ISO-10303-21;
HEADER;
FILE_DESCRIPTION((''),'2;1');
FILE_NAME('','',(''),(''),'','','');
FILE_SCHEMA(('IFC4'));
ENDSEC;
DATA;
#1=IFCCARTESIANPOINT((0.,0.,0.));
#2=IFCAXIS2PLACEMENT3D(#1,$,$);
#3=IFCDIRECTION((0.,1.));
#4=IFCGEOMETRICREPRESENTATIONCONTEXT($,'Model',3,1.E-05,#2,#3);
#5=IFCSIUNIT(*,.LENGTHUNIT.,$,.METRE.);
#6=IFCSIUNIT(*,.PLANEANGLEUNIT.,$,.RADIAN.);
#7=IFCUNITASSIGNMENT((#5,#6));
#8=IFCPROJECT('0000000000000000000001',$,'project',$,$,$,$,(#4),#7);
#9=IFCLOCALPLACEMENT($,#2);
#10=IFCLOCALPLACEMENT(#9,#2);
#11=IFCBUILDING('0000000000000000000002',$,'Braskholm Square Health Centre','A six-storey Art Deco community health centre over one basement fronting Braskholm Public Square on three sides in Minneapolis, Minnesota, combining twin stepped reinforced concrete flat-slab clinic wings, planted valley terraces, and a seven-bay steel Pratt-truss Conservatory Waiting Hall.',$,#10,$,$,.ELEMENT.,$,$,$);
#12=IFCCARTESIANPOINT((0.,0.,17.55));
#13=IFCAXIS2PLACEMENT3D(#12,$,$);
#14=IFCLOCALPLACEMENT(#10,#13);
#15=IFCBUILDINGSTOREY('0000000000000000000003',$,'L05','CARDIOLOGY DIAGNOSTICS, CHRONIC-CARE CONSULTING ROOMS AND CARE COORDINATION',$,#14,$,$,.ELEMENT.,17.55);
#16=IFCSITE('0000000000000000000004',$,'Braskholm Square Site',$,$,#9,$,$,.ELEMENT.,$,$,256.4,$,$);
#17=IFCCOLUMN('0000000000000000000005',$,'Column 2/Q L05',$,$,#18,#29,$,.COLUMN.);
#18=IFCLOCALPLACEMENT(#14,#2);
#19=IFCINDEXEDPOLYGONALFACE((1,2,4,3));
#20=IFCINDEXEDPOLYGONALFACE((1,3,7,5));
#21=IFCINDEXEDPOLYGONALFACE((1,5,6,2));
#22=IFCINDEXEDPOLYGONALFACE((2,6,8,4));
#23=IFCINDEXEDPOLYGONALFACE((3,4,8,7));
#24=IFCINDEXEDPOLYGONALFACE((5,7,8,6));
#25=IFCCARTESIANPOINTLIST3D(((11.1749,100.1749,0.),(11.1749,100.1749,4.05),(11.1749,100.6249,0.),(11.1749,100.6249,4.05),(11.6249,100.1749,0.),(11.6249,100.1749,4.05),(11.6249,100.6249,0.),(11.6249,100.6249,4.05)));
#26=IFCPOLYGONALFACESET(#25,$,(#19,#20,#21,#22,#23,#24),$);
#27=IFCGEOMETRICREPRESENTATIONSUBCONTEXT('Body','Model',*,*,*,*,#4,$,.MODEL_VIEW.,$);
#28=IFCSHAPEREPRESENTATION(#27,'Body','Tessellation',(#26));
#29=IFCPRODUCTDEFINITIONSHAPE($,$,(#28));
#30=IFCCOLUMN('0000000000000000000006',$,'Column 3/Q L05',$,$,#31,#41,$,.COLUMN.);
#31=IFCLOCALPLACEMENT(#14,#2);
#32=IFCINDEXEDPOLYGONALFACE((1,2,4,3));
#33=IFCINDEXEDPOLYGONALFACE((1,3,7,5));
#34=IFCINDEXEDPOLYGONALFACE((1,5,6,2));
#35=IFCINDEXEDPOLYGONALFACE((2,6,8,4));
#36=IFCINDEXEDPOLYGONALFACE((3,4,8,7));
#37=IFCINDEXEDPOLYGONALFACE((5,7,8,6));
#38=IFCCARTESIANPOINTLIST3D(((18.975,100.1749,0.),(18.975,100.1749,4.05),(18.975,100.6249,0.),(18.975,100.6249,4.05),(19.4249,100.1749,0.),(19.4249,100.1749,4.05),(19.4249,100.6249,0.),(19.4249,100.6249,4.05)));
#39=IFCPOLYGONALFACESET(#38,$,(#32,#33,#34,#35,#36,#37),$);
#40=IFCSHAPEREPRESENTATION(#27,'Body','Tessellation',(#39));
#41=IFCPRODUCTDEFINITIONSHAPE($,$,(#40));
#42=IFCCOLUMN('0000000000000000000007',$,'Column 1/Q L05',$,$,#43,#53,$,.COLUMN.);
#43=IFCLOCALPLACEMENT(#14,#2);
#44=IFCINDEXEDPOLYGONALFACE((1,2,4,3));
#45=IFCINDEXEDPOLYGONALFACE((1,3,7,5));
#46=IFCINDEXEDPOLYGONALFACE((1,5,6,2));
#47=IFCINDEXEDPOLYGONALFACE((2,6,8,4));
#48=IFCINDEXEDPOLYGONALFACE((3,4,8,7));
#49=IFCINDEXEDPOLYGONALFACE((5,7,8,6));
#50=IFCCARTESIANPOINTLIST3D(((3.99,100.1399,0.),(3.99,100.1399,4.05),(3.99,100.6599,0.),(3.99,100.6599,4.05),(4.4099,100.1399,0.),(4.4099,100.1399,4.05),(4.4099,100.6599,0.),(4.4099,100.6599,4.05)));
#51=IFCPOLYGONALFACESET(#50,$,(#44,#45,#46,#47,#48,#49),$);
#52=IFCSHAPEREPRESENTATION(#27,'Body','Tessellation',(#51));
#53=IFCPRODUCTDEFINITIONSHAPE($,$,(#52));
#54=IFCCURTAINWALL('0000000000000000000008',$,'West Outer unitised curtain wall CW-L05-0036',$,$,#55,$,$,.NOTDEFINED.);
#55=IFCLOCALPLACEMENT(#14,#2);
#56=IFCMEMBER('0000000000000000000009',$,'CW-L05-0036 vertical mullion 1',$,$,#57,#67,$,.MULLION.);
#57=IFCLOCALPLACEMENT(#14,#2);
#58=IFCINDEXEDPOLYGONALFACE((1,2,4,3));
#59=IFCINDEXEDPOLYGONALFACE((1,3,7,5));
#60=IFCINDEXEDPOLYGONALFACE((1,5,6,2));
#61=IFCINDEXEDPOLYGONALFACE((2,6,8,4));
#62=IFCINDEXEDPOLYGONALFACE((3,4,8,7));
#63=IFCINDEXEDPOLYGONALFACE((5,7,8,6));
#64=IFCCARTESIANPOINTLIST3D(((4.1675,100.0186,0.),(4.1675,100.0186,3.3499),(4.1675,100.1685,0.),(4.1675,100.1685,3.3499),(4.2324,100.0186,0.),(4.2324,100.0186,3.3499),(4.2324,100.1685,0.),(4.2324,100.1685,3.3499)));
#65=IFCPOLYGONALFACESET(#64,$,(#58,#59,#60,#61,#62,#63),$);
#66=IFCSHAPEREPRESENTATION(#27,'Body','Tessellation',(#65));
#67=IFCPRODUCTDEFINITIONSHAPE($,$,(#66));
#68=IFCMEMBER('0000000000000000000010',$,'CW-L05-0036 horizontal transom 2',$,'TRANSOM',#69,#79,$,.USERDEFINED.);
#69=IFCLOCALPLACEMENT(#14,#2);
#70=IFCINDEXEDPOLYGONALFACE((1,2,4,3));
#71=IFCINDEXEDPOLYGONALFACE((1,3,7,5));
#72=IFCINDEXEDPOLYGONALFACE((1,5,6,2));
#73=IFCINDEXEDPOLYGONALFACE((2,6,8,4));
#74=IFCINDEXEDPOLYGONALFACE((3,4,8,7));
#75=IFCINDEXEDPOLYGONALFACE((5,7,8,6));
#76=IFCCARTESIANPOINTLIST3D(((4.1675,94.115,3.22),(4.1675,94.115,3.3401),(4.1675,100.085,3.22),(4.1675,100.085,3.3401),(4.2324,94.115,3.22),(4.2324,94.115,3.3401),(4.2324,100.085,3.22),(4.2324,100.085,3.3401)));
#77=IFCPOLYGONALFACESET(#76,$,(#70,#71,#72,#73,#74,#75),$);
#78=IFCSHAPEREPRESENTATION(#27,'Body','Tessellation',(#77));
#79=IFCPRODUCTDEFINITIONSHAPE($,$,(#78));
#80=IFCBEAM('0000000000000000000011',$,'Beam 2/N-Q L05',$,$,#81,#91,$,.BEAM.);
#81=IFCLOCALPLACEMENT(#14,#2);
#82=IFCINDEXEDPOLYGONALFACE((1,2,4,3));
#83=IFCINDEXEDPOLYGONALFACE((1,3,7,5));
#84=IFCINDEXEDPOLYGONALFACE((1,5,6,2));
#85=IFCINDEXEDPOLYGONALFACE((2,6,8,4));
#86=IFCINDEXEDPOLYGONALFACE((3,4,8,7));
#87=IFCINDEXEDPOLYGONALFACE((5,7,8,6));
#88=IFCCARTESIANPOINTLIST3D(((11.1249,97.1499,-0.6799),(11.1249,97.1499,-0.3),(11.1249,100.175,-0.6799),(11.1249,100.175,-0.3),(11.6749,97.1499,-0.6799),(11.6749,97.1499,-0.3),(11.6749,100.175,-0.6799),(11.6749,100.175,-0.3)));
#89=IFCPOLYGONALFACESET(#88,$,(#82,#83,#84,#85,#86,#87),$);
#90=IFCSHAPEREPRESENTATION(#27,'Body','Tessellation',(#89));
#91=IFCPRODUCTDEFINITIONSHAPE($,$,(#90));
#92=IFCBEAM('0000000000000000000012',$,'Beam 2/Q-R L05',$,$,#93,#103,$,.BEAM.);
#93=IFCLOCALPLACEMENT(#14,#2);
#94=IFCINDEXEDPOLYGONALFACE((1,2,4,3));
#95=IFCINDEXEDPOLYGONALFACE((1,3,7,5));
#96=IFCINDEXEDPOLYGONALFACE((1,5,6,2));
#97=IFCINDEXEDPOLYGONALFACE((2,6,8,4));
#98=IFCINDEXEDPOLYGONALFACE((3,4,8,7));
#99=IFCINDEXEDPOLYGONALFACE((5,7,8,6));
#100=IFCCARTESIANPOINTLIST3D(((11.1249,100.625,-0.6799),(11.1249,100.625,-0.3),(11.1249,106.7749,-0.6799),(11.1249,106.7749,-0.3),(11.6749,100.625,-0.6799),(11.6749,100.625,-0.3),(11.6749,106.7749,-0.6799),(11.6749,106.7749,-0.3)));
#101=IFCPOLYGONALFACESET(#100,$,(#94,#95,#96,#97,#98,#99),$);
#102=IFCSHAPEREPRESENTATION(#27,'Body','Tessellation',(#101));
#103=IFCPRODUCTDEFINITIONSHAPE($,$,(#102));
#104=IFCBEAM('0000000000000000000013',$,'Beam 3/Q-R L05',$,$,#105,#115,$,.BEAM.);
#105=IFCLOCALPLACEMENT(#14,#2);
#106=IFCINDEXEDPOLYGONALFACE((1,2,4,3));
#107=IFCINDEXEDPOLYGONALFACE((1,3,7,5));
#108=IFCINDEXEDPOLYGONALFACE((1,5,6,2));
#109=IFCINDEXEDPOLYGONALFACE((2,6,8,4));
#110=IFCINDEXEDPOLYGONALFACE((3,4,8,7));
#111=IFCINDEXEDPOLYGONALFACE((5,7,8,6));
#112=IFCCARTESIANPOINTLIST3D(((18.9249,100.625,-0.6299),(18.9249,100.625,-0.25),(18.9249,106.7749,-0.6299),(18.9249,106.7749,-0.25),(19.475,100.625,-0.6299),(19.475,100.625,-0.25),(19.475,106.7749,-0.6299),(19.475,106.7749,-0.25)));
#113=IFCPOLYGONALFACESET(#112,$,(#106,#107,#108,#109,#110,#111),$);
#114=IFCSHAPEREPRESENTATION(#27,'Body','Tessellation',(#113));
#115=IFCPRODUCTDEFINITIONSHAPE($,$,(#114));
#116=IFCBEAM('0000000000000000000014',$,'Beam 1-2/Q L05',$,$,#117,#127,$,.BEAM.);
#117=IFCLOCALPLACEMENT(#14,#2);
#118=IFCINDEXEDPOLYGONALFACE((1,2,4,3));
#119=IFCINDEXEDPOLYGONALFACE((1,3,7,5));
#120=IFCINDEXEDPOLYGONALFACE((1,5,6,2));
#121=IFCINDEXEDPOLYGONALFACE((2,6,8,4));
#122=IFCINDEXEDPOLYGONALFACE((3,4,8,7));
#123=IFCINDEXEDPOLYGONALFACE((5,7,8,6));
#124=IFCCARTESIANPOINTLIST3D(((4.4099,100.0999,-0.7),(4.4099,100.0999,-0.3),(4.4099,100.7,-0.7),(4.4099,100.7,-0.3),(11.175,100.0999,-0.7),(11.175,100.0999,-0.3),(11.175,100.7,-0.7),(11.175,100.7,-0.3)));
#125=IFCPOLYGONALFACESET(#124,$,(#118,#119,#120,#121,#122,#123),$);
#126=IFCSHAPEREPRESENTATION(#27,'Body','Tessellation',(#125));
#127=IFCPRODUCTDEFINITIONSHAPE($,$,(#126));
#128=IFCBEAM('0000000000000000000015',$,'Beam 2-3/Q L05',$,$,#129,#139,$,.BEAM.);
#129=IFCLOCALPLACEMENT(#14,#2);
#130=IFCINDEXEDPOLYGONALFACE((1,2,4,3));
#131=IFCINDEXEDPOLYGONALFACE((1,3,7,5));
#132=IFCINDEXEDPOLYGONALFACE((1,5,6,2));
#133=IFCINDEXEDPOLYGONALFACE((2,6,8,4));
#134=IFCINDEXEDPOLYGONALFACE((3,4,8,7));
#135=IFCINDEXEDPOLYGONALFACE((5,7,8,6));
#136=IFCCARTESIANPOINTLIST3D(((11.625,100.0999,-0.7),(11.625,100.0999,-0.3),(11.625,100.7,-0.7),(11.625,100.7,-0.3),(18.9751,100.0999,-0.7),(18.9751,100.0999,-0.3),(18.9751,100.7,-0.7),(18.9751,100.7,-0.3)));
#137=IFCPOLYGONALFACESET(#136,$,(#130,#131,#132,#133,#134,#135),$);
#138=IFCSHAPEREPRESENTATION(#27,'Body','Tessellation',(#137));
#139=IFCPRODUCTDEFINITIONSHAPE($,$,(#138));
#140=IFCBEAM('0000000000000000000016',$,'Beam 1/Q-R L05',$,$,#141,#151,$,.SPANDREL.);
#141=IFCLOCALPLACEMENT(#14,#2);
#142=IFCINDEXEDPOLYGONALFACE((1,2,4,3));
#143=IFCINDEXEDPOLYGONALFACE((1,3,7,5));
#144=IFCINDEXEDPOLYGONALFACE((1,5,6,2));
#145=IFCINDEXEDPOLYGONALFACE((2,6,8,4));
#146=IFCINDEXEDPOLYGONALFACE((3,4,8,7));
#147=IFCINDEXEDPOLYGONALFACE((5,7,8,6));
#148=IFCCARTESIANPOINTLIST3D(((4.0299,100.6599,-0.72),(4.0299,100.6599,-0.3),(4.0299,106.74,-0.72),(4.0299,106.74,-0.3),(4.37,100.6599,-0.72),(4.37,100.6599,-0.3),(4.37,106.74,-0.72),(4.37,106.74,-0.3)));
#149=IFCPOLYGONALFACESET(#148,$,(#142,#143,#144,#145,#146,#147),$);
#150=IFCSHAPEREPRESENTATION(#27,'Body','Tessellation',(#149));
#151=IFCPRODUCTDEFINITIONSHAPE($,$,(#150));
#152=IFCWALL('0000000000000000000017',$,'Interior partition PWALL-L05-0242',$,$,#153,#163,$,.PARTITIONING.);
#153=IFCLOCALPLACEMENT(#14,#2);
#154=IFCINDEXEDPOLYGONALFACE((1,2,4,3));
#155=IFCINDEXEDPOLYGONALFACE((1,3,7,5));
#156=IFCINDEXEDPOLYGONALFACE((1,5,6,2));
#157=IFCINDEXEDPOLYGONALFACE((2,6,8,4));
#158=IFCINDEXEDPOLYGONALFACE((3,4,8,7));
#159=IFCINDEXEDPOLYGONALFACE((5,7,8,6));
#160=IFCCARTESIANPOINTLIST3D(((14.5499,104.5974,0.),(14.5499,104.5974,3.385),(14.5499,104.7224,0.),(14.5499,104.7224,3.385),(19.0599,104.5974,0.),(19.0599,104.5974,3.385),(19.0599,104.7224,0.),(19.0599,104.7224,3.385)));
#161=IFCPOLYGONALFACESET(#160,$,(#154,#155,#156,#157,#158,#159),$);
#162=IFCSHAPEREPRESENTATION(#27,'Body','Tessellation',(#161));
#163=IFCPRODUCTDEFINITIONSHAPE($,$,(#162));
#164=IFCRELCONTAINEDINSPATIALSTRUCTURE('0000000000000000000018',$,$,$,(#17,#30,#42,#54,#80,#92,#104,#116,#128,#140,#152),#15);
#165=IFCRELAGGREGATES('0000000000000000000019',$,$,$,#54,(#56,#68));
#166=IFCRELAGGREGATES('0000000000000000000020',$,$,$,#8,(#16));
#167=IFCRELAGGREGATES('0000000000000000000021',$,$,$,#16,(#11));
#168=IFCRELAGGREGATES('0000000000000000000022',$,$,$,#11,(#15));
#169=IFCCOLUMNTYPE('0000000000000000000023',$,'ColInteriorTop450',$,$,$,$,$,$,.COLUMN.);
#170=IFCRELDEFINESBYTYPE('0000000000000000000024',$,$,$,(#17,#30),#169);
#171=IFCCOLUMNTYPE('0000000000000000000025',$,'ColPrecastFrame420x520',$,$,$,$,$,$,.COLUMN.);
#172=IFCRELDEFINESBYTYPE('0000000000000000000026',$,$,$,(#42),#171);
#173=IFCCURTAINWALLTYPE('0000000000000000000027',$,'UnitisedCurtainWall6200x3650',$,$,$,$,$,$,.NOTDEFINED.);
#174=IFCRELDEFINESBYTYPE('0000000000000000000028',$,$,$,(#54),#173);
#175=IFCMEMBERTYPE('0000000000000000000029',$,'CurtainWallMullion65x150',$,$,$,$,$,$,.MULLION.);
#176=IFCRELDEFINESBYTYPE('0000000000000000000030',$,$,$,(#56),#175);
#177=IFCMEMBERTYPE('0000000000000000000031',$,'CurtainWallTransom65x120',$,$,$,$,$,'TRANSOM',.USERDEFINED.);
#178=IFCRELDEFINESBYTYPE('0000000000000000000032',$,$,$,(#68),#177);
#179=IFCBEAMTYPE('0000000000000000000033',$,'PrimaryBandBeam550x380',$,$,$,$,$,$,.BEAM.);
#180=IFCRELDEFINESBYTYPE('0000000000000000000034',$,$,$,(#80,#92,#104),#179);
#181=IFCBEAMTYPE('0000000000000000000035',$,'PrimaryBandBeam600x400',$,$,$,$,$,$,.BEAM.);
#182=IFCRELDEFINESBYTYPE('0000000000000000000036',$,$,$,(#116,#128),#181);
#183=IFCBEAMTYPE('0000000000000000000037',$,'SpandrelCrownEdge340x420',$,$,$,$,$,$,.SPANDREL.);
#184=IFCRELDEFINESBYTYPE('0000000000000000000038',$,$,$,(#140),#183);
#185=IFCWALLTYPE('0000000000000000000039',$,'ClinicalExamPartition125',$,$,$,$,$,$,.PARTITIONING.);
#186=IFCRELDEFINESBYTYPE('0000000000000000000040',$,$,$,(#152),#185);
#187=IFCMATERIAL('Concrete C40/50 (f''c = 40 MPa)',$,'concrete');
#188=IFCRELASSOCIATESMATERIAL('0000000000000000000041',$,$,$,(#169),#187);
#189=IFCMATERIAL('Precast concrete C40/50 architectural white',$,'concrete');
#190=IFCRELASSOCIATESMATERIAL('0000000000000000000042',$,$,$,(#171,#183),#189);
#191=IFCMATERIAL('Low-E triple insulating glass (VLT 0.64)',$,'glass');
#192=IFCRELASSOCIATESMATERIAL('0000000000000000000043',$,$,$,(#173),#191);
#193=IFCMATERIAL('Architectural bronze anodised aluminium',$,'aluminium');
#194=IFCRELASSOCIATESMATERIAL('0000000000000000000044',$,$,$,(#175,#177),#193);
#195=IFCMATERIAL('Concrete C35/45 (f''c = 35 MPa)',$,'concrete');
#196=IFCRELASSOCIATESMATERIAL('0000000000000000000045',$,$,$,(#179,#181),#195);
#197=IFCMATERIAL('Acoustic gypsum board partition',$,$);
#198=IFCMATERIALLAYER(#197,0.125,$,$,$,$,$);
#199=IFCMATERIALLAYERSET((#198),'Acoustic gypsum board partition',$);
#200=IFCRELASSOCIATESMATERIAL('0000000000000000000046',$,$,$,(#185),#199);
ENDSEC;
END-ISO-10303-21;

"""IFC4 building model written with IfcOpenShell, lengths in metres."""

from ifc_helpers import new_model, si_unit, direction, frame, frame_2d, origin, origin_2d, place, context, subcontext, project, spatial, rectangle, extrude, material, layer, layer_set, material_profile, profile_set, type_object, element, aggregate, save


model = new_model("IFC4")

# Units and contexts
model_context = context("Model", 3, precision=1e-05, world=origin(), true_north=direction((0.0, 1.0)))
body_context = subcontext(model_context, "Body", "Model", "MODEL_VIEW")
ifc_project = project(units=[si_unit("LENGTHUNIT", "METRE"), si_unit("PLANEANGLEUNIT", "RADIAN")], contexts=[model_context])

# Site, building, storey
site_placement = place(None, origin())
site = spatial("IfcSite", under=ifc_project, at=site_placement, Name="Braskholm Square Site", CompositionType="ELEMENT", RefElevation=256.4)
building_placement = place(site_placement, origin())
building = spatial("IfcBuilding", under=site, at=building_placement, Name="Braskholm Square Health Centre", Description="A six-storey Art Deco community health centre over one basement fronting Braskholm Public Square on three sides in Minneapolis, Minnesota, combining twin stepped reinforced concrete flat-slab clinic wings, planted valley terraces, and a seven-bay steel Pratt-truss Conservatory Waiting Hall.", CompositionType="ELEMENT")
storey_placement = place(building_placement, frame((0.0, 0.0, 17.55)))
storey = spatial("IfcBuildingStorey", under=building, at=storey_placement, Name="L05", Description="CARDIOLOGY DIAGNOSTICS, CHRONIC-CARE CONSULTING ROOMS AND CARE COORDINATION", CompositionType="ELEMENT", Elevation=17.55)

# Columns
ifc_material_1 = material(Name="Concrete C40/50 (f'c = 40 MPa)", Category="concrete")
ifc_material_profile_1 = material_profile(ifc_material_1, rectangle(XDim=0.45, YDim=0.45, at=origin_2d()), Name="RC-450X450")
ifc_profile_set_1 = profile_set([ifc_material_profile_1], Name="Concrete C40/50 (f'c = 40 MPa)")
column_type_1 = type_object("IfcColumnType", Name="ColInteriorTop450", PredefinedType="COLUMN", material=ifc_profile_set_1)
for number, where, z_axis, x_axis, name in (
    (1, (11.3999, 100.3999, 0.0), (0.0, 0.0, 1.0), (1.0, 0.0, 0.0), "Column 2/Q L05"),
    (2, (19.2, 100.3999, 0.0), (0.0, 0.0, 1.0), (1.0, 0.0, 0.0), "Column 3/Q L05"),
):
    element("IfcColumn", number, at=place(storey_placement, frame(where, z_axis=z_axis, x_axis=x_axis)), inside=storey, type_object=column_type_1, Name=name, PredefinedType="COLUMN", context=body_context, shape_type="SweptSolid", body=[
        extrude(rectangle(XDim=0.45, YDim=0.45, at=origin_2d()), origin(), (0.0, 0.0, 1.0), 4.05),
    ])
ifc_material_2 = material(Name="Precast concrete C40/50 architectural white", Category="concrete")
ifc_material_profile_2 = material_profile(ifc_material_2, rectangle(XDim=0.4199, YDim=0.52, at=origin_2d()), Name="RC-420X520")
ifc_profile_set_2 = profile_set([ifc_material_profile_2], Name="Precast concrete C40/50 architectural white")
column_type_2 = type_object("IfcColumnType", Name="ColPrecastFrame420x520", PredefinedType="COLUMN", material=ifc_profile_set_2)
column_placement = place(storey_placement, frame((4.2, 100.3999, 0.0), z_axis=(0.0, 0.0, 1.0), x_axis=(1.0, 0.0, 0.0)))
element("IfcColumn", 3, at=column_placement, inside=storey, type_object=column_type_2, Name="Column 1/Q L05", PredefinedType="COLUMN", context=body_context, shape_type="SweptSolid", body=[
    extrude(rectangle(XDim=0.4199, YDim=0.52, at=origin_2d()), origin(), (0.0, 0.0, 1.0), 4.05),
])

# Curtain wall, members
ifc_material_3 = material(Name="Low-E triple insulating glass (VLT 0.64)", Category="glass")
curtain_wall_type = type_object("IfcCurtainWallType", Name="UnitisedCurtainWall6200x3650", PredefinedType="NOTDEFINED", material=ifc_material_3)
curtain_wall_placement = place(storey_placement, origin())
curtain_wall = element("IfcCurtainWall", 4, at=curtain_wall_placement, inside=storey, type_object=curtain_wall_type, Name="West Outer unitised curtain wall CW-L05-0036", PredefinedType="NOTDEFINED")
ifc_material_4 = material(Name="Architectural bronze anodised aluminium", Category="aluminium")
ifc_material_profile_3 = material_profile(ifc_material_4, rectangle(XDim=0.0649, YDim=0.1499, at=origin_2d()), Name="ALU-65X150")
ifc_profile_set_3 = profile_set([ifc_material_profile_3], Name="Architectural bronze anodised aluminium")
member_type_1 = type_object("IfcMemberType", Name="CurtainWallMullion65x150", PredefinedType="MULLION", material=ifc_profile_set_3)
member_1_placement = place(storey_placement, frame((4.2, 100.0935, 0.0), z_axis=(0.0, 0.0, 1.0), x_axis=(1.0, 0.0, 0.0)))
member_1 = element("IfcMember", 5, at=member_1_placement, type_object=member_type_1, Name="CW-L05-0036 vertical mullion 1", PredefinedType="MULLION", context=body_context, shape_type="SweptSolid", body=[
    extrude(rectangle(XDim=0.0649, YDim=0.1499, at=origin_2d()), origin(), (0.0, 0.0, 1.0), 3.3499),
])
ifc_material_profile_4 = material_profile(ifc_material_4, rectangle(XDim=0.0649, YDim=0.1201, at=origin_2d()), Name="ALU-65X120")
ifc_profile_set_4 = profile_set([ifc_material_profile_4], Name="Architectural bronze anodised aluminium")
member_type_2 = type_object("IfcMemberType", Name="CurtainWallTransom65x120", ElementType="TRANSOM", PredefinedType="USERDEFINED", material=ifc_profile_set_4)
member_2_placement = place(storey_placement, frame((4.2, 100.085, 3.28), z_axis=(0.0, -1.0, 0.0), x_axis=(1.0, 0.0, 0.0)))
member_2 = element("IfcMember", 6, at=member_2_placement, type_object=member_type_2, Name="CW-L05-0036 horizontal transom 2", ObjectType="TRANSOM", PredefinedType="USERDEFINED", context=body_context, shape_type="SweptSolid", body=[
    extrude(rectangle(XDim=0.0649, YDim=0.1201, at=origin_2d()), origin(), (0.0, 0.0, 1.0), 5.97),
])
aggregate(curtain_wall, [member_1, member_2])

# Beams
ifc_material_5 = material(Name="Concrete C35/45 (f'c = 35 MPa)", Category="concrete")
ifc_material_profile_5 = material_profile(ifc_material_5, rectangle(XDim=0.55, YDim=0.3799, at=origin_2d()), Name="RCB-550X380")
ifc_profile_set_5 = profile_set([ifc_material_profile_5], Name="Concrete C35/45 (f'c = 35 MPa)")
beam_type_1 = type_object("IfcBeamType", Name="PrimaryBandBeam550x380", PredefinedType="BEAM", material=ifc_profile_set_5)
beam_1_placement = place(storey_placement, frame((11.3999, 97.1499, -0.49), z_axis=(0.0, 1.0, 0.0), x_axis=(-1.0, 0.0, 0.0)))
element("IfcBeam", 7, at=beam_1_placement, inside=storey, type_object=beam_type_1, Name="Beam 2/N-Q L05", PredefinedType="BEAM", context=body_context, shape_type="SweptSolid", body=[
    extrude(rectangle(XDim=0.55, YDim=0.3799, at=origin_2d()), origin(), (0.0, 0.0, 1.0), 3.0251),
])
for number, where, z_axis, x_axis, name in (
    (8, (11.3999, 100.625, -0.49), (0.0, 1.0, 0.0), (-1.0, 0.0, 0.0), "Beam 2/Q-R L05"),
    (9, (19.2, 100.625, -0.4399), (0.0, 1.0, 0.0), (-1.0, 0.0, 0.0), "Beam 3/Q-R L05"),
):
    element("IfcBeam", number, at=place(storey_placement, frame(where, z_axis=z_axis, x_axis=x_axis)), inside=storey, type_object=beam_type_1, Name=name, PredefinedType="BEAM", context=body_context, shape_type="SweptSolid", body=[
        extrude(rectangle(XDim=0.55, YDim=0.3799, at=origin_2d()), origin(), (0.0, 0.0, 1.0), 6.1499),
    ])
ifc_material_profile_6 = material_profile(ifc_material_5, rectangle(XDim=0.6001, YDim=0.3999, at=origin_2d()), Name="RCB-600X400")
ifc_profile_set_6 = profile_set([ifc_material_profile_6], Name="Concrete C35/45 (f'c = 35 MPa)")
beam_type_2 = type_object("IfcBeamType", Name="PrimaryBandBeam600x400", PredefinedType="BEAM", material=ifc_profile_set_6)
beam_2_placement = place(storey_placement, frame((4.4099, 100.3999, -0.5), z_axis=(1.0, 0.0, 0.0), x_axis=(0.0, 1.0, 0.0)))
element("IfcBeam", 10, at=beam_2_placement, inside=storey, type_object=beam_type_2, Name="Beam 1-2/Q L05", PredefinedType="BEAM", context=body_context, shape_type="SweptSolid", body=[
    extrude(rectangle(XDim=0.6001, YDim=0.3999, at=origin_2d()), origin(), (0.0, 0.0, 1.0), 6.7651),
])
beam_3_placement = place(storey_placement, frame((11.625, 100.3999, -0.5), z_axis=(1.0, 0.0, 0.0), x_axis=(0.0, 1.0, 0.0)))
element("IfcBeam", 11, at=beam_3_placement, inside=storey, type_object=beam_type_2, Name="Beam 2-3/Q L05", PredefinedType="BEAM", context=body_context, shape_type="SweptSolid", body=[
    extrude(rectangle(XDim=0.6001, YDim=0.3999, at=origin_2d()), origin(), (0.0, 0.0, 1.0), 7.3501),
])
ifc_material_profile_7 = material_profile(ifc_material_2, rectangle(XDim=0.3401, YDim=0.4199, at=origin_2d()), Name="RCB-340X420")
ifc_profile_set_7 = profile_set([ifc_material_profile_7], Name="Precast concrete C40/50 architectural white")
beam_type_3 = type_object("IfcBeamType", Name="SpandrelCrownEdge340x420", PredefinedType="SPANDREL", material=ifc_profile_set_7)
beam_4_placement = place(storey_placement, frame((4.2, 100.6599, -0.51), z_axis=(0.0, 1.0, 0.0), x_axis=(-1.0, 0.0, 0.0)))
element("IfcBeam", 12, at=beam_4_placement, inside=storey, type_object=beam_type_3, Name="Beam 1/Q-R L05", PredefinedType="SPANDREL", context=body_context, shape_type="SweptSolid", body=[
    extrude(rectangle(XDim=0.3401, YDim=0.4199, at=origin_2d()), origin(), (0.0, 0.0, 1.0), 6.0801),
])

# Wall
ifc_material_6 = material(Name="Acoustic gypsum board partition")
ifc_layer_1 = layer(ifc_material_6, 0.125)
ifc_layer_set_1 = layer_set([ifc_layer_1], Name="Acoustic gypsum board partition")
wall_type_1 = type_object("IfcWallType", Name="ClinicalExamPartition125", PredefinedType="PARTITIONING", material=ifc_layer_set_1)
wall_1_placement = place(storey_placement, frame((14.55, 104.6599, 0.0), z_axis=(0.0, 0.0, 1.0), x_axis=(1.0, 0.0, 0.0)))
element("IfcWall", 13, at=wall_1_placement, inside=storey, type_object=wall_type_1, Name="Interior partition PWALL-L05-0242", PredefinedType="PARTITIONING", context=body_context, shape_type="SweptSolid", body=[
    extrude(rectangle(XDim=4.51, YDim=0.125, at=frame_2d((2.2549, 0.0))), origin(), (0.0, 0.0, 1.0), 3.385),
])

save(model, "model.ifc")
